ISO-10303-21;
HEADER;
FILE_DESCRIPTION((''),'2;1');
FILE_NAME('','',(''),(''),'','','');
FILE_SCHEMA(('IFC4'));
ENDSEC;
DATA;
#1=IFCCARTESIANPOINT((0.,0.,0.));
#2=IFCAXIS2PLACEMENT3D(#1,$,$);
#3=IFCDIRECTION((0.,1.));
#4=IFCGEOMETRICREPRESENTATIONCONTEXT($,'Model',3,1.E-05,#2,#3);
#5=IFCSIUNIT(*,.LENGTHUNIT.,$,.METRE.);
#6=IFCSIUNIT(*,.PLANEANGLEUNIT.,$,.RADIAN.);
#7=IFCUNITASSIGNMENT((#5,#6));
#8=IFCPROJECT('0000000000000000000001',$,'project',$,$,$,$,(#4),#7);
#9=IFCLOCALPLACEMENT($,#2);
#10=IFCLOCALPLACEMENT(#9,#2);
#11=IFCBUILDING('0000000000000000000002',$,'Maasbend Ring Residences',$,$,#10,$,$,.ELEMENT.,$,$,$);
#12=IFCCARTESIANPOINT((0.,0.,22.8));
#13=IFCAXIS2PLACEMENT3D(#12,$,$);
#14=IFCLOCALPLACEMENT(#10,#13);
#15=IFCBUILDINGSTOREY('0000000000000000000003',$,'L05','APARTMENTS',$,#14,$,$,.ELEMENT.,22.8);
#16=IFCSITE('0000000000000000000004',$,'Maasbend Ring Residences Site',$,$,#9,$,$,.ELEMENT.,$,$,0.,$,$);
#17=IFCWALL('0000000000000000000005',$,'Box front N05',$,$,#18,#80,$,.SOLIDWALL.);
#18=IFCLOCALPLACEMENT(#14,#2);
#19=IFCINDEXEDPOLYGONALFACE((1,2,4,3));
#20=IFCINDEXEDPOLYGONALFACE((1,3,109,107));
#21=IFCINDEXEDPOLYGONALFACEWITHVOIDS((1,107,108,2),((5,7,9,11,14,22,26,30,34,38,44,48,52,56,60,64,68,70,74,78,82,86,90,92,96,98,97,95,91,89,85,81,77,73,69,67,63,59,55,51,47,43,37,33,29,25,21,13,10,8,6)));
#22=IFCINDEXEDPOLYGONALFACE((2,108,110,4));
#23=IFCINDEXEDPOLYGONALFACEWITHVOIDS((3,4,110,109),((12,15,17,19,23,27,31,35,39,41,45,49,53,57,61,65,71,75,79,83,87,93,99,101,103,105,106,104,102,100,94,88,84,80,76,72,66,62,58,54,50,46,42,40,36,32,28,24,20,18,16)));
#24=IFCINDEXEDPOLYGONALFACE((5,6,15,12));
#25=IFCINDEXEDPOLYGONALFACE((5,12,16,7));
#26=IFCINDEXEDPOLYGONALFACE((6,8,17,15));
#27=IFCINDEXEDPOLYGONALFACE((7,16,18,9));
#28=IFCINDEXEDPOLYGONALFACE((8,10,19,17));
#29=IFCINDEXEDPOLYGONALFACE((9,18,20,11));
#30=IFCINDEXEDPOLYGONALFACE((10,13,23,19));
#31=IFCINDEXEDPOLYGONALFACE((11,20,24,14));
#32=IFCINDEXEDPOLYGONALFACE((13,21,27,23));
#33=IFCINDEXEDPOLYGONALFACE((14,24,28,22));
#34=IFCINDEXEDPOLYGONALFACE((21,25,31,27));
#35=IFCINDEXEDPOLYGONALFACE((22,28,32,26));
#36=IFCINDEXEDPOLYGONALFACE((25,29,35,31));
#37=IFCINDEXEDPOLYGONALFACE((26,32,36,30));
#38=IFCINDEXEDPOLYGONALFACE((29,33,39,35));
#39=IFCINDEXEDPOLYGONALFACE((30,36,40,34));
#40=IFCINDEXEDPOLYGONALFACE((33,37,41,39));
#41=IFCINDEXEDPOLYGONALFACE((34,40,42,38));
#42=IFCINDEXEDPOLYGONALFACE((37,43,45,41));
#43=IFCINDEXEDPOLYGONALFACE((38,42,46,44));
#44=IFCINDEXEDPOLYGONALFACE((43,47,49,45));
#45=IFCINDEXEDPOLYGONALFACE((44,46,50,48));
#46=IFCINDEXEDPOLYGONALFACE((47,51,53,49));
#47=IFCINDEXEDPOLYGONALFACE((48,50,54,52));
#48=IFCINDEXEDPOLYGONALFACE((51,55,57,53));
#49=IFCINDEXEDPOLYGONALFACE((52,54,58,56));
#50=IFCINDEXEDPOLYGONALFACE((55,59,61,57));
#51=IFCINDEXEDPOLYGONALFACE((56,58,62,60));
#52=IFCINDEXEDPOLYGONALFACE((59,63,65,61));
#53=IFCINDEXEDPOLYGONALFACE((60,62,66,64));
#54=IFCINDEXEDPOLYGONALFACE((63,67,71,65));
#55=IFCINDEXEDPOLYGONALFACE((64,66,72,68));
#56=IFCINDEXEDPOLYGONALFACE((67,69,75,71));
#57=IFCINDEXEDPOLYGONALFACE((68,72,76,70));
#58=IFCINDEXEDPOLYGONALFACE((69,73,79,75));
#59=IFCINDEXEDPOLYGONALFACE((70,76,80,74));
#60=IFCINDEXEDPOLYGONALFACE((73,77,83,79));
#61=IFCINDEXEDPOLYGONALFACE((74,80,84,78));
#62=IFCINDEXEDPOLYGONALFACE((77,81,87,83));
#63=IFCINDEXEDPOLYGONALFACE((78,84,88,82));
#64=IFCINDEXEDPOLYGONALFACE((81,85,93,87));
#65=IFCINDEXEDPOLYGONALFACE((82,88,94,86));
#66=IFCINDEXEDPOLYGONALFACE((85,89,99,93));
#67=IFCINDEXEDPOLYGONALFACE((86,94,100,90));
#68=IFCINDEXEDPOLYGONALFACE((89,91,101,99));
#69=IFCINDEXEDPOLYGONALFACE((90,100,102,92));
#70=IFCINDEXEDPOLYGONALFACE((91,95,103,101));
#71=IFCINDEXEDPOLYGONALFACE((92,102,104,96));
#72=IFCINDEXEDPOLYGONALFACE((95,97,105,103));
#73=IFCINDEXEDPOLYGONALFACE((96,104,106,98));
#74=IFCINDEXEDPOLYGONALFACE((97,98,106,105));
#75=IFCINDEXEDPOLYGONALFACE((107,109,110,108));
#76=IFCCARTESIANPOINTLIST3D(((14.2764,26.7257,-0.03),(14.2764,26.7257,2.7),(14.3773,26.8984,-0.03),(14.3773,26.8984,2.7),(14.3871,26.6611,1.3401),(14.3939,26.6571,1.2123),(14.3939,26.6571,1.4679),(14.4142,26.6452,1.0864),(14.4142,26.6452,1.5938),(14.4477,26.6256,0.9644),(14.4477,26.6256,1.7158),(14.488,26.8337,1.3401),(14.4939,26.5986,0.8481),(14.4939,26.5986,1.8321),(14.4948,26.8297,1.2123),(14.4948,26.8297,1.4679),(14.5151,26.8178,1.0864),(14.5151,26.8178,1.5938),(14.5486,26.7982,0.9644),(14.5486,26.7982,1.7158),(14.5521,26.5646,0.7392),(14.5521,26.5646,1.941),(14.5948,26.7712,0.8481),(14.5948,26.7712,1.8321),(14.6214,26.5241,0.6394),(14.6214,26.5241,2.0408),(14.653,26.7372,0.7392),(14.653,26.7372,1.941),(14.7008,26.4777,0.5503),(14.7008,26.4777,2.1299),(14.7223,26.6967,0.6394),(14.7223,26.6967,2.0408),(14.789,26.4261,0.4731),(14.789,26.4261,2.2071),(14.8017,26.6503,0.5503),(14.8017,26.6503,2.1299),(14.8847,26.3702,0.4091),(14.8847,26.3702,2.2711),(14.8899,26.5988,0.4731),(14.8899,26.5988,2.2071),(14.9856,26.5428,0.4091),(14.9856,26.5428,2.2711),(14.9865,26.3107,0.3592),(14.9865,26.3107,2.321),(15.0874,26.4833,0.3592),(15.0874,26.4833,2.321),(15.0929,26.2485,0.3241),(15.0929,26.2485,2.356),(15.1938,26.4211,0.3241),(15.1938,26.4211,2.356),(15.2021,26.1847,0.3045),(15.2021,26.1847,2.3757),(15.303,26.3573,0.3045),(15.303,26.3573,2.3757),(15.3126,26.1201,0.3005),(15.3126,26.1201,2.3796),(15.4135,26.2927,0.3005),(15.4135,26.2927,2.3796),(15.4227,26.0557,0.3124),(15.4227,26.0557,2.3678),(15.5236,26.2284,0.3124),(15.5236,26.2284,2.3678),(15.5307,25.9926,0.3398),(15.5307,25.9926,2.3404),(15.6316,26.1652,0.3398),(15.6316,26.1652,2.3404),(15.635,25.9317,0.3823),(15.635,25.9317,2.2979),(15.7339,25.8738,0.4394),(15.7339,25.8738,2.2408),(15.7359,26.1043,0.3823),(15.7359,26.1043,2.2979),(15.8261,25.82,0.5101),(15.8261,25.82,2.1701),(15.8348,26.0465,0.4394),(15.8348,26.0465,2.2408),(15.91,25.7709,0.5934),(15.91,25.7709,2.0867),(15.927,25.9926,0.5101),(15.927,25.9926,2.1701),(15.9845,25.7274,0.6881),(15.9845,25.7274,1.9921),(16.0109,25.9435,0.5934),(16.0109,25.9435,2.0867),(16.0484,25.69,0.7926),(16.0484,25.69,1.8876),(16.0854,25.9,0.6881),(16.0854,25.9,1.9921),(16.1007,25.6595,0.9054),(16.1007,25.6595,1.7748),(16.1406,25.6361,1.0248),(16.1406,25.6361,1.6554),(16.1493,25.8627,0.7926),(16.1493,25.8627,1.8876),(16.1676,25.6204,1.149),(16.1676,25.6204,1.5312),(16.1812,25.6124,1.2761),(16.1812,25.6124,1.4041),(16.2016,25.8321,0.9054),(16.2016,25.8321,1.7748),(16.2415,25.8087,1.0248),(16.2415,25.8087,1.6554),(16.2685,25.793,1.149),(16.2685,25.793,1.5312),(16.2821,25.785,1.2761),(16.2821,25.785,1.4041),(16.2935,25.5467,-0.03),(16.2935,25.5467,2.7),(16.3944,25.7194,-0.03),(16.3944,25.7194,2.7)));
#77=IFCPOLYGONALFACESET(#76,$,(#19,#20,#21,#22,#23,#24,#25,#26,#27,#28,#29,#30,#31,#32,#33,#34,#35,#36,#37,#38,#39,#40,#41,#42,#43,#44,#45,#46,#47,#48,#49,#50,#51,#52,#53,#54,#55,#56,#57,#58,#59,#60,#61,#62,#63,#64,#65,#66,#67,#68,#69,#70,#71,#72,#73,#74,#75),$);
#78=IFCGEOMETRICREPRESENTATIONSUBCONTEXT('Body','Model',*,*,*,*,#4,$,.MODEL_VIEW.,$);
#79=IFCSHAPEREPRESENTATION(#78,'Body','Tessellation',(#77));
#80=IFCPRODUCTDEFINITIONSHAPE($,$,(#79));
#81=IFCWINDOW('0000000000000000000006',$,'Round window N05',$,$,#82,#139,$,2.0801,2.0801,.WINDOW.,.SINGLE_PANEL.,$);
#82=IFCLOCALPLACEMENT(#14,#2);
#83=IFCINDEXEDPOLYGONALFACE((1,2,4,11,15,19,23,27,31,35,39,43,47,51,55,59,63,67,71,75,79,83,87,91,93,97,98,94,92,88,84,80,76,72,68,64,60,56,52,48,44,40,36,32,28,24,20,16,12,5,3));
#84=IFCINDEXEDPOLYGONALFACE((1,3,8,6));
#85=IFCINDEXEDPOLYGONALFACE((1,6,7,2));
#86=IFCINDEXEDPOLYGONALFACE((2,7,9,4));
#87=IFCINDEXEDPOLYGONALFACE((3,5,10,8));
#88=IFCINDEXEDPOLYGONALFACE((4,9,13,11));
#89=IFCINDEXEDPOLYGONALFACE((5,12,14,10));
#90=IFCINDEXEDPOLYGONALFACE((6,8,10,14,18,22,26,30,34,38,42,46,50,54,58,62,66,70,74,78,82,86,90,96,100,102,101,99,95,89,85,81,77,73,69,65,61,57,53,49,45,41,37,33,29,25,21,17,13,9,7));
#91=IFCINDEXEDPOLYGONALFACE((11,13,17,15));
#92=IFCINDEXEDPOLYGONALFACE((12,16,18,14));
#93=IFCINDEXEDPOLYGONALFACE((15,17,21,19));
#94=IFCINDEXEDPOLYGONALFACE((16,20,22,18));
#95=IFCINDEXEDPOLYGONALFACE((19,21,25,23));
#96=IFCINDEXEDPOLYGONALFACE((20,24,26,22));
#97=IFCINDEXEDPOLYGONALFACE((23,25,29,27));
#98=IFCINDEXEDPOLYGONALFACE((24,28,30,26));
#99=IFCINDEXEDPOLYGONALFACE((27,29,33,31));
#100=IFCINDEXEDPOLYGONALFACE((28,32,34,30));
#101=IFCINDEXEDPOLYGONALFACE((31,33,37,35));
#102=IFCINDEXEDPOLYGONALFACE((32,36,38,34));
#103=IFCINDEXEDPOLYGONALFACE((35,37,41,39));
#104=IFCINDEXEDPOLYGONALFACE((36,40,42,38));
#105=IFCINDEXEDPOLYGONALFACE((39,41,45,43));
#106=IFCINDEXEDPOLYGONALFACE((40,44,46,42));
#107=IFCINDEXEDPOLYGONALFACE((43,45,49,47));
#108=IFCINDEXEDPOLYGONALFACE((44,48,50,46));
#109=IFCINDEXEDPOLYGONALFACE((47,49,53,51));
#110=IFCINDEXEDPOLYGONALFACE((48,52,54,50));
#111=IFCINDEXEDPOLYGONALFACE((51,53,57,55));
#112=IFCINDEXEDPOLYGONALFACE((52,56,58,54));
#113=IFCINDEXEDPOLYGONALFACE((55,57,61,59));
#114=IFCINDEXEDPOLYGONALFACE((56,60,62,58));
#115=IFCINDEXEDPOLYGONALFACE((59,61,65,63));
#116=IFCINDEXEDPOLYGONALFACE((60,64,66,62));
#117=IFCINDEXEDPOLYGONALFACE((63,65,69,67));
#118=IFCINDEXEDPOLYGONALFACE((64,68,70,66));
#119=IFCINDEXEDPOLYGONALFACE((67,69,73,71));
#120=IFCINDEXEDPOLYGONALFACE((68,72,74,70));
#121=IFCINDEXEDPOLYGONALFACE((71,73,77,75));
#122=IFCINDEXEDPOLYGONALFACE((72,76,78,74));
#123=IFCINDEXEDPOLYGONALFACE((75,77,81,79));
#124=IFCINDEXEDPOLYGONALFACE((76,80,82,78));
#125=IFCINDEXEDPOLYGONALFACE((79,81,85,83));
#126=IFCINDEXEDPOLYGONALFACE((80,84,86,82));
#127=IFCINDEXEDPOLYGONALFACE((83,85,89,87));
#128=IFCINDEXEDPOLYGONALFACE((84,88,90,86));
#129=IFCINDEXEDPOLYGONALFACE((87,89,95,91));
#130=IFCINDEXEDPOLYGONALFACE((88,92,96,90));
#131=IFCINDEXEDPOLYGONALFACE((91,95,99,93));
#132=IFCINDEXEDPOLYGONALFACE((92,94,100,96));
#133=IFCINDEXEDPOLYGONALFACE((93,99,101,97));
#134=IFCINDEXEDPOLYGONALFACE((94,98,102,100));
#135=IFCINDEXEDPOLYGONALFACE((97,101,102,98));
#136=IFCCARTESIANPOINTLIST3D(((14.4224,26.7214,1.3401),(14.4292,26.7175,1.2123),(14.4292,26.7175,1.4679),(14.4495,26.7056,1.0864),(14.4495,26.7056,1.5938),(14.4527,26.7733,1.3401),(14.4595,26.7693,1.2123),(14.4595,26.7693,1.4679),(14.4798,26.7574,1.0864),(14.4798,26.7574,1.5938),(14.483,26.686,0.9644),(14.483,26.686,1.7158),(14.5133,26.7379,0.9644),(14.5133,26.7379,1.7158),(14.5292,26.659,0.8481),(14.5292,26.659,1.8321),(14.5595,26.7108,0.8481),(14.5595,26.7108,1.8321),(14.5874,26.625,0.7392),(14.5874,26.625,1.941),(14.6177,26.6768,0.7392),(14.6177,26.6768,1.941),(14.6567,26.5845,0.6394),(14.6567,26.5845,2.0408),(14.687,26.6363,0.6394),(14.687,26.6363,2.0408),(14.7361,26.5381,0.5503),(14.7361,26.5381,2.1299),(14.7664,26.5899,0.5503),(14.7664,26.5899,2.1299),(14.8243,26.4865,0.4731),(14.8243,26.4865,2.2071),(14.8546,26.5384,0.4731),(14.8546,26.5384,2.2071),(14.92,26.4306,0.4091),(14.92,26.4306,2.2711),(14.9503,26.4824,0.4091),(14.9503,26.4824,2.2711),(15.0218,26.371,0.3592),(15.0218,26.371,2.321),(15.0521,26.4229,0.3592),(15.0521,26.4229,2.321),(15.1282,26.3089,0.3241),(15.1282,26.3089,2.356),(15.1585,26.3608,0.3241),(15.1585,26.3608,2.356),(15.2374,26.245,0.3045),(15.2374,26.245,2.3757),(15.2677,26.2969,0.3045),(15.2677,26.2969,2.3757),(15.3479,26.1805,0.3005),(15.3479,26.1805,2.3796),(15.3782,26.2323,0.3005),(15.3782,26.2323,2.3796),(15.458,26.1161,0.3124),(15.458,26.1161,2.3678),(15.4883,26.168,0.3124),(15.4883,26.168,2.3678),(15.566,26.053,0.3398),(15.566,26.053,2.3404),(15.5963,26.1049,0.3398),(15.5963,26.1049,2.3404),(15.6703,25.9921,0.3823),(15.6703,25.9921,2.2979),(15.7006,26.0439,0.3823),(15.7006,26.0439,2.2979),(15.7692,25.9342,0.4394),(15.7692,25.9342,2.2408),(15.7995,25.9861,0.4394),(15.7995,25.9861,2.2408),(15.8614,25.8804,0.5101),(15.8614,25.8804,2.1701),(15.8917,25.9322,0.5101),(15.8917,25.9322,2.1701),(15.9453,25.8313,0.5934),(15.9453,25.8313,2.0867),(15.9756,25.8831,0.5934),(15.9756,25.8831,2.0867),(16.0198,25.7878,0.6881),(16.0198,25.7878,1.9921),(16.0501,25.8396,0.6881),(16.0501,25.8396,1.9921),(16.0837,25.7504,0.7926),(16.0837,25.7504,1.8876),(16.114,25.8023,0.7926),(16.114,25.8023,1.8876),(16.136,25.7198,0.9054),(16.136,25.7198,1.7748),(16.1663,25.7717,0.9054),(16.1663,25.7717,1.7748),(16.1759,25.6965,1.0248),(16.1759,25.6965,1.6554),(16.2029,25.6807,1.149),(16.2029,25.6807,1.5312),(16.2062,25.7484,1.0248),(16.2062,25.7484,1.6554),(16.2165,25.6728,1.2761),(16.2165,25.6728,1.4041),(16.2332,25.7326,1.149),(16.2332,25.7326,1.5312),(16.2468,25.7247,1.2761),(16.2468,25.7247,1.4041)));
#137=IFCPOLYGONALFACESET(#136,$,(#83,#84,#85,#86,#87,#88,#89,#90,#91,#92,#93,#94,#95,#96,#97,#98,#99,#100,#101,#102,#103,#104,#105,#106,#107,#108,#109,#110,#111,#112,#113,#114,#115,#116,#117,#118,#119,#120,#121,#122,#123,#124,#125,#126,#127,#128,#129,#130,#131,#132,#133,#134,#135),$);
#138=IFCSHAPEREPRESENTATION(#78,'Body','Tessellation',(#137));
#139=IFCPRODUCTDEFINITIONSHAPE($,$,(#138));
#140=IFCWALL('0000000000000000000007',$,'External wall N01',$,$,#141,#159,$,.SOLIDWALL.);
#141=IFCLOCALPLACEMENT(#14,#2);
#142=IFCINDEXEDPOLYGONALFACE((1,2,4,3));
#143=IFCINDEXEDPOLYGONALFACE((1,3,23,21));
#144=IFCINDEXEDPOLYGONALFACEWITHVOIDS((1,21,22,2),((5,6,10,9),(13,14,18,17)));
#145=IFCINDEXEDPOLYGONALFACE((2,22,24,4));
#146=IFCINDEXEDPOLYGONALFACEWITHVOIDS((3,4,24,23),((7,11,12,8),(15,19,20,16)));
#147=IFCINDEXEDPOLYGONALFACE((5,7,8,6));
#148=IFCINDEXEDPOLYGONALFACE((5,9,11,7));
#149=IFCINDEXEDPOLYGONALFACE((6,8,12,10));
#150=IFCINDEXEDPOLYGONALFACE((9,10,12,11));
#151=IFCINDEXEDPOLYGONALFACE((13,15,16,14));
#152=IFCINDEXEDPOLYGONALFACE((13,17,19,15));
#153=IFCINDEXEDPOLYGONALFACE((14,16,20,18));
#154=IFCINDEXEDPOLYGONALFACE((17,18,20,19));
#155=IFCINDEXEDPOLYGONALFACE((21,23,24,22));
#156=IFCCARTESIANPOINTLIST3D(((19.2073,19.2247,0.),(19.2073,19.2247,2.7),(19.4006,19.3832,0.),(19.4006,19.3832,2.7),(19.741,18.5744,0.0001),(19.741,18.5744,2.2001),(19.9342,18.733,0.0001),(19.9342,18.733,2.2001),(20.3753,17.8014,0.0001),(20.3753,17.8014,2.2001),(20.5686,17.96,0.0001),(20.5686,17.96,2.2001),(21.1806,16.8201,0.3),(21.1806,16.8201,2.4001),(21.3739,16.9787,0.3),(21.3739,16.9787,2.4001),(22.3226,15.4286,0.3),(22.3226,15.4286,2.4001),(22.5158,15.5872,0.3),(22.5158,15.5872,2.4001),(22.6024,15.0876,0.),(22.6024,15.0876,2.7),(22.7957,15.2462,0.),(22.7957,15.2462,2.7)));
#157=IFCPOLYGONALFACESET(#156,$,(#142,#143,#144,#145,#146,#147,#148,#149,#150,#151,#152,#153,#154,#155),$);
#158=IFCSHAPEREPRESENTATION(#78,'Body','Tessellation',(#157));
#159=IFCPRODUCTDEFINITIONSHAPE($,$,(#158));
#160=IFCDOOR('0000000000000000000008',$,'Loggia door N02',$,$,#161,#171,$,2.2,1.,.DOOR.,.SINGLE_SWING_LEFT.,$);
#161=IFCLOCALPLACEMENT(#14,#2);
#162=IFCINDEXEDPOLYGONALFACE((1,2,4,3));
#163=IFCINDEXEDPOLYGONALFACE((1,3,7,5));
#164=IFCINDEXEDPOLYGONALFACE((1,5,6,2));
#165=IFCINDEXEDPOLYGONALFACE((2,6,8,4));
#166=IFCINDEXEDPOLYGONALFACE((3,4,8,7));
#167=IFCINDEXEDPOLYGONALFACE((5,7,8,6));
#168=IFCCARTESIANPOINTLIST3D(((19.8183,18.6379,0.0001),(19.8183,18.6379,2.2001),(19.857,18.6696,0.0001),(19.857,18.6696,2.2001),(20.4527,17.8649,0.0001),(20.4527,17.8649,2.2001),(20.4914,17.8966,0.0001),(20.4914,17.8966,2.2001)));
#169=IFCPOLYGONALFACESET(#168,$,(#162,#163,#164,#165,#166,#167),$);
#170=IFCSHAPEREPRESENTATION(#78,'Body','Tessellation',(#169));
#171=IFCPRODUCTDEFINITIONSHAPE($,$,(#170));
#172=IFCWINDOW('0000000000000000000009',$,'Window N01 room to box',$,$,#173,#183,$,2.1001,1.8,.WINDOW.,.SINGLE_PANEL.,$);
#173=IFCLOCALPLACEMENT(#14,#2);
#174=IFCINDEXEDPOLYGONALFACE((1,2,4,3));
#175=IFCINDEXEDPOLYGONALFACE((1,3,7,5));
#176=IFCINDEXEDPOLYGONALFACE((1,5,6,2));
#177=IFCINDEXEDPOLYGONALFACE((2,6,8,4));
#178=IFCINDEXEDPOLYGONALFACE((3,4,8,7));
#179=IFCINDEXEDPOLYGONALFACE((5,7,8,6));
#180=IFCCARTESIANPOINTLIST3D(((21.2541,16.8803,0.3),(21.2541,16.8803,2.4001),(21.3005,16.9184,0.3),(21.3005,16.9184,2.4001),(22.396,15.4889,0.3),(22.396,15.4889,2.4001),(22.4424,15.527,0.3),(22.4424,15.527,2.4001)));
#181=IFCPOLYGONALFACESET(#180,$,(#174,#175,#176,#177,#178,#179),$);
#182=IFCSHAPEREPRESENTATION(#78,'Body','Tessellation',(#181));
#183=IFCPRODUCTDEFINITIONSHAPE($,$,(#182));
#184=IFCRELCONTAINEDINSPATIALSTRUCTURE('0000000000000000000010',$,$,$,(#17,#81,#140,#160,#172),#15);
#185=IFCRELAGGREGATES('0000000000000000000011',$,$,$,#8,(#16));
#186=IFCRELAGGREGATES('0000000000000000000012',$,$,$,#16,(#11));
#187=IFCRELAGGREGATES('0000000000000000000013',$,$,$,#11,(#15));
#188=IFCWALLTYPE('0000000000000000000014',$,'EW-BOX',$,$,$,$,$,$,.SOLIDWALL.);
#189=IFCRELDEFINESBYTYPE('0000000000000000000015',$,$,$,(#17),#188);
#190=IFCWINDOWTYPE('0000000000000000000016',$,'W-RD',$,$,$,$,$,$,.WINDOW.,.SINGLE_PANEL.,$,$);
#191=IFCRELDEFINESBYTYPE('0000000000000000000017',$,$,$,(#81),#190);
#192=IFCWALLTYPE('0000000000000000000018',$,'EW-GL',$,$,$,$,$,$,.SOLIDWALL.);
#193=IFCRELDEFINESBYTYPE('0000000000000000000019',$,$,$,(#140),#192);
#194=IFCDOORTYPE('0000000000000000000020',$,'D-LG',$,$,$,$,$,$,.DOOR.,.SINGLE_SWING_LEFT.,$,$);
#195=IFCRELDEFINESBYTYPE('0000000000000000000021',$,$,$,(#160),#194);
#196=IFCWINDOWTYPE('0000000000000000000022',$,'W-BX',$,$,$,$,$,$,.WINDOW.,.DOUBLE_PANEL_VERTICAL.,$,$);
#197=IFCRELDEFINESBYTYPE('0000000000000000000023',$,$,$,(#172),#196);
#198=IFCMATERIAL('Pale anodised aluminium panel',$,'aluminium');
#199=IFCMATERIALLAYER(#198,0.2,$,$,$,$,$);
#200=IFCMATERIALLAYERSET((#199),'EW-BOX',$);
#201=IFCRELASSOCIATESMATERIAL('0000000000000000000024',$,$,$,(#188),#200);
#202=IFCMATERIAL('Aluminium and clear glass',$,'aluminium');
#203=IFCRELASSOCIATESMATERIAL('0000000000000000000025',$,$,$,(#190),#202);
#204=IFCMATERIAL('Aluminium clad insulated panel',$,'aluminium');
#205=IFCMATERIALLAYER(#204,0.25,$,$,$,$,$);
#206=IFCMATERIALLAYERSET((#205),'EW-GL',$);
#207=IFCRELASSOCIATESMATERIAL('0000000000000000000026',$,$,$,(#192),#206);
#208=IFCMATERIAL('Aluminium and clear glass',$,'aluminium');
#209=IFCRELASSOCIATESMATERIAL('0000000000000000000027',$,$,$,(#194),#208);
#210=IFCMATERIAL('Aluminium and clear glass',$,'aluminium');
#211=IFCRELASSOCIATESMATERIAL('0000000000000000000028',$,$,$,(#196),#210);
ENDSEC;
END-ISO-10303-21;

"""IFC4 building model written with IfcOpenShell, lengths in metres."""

from ifc_helpers import new_model, si_unit, direction, frame, frame_2d, origin, place, context, subcontext, project, spatial, rectangle, circle, extrude, material, layer, layer_set, type_object, element, fill, save


model = new_model("IFC4")

# Units and contexts
model_context = context("Model", 3, precision=1e-05, world=origin(), true_north=direction((0.0, 1.0)))
body_context = subcontext(model_context, "Body", "Model", "MODEL_VIEW")
ifc_project = project(units=[si_unit("LENGTHUNIT", "METRE"), si_unit("PLANEANGLEUNIT", "RADIAN")], contexts=[model_context])

# Site, building, storey
site_placement = place(None, origin())
site = spatial("IfcSite", under=ifc_project, at=site_placement, Name="Maasbend Ring Residences Site", CompositionType="ELEMENT", RefElevation=0.0)
building_placement = place(site_placement, origin())
building = spatial("IfcBuilding", under=site, at=building_placement, Name="Maasbend Ring Residences", CompositionType="ELEMENT")
storey_placement = place(building_placement, frame((0.0, 0.0, 22.8)))
storey = spatial("IfcBuildingStorey", under=building, at=storey_placement, Name="L05", Description="APARTMENTS", CompositionType="ELEMENT", Elevation=22.8)

# Shared definitions
ifc_material_1 = material(Name="Pale anodised aluminium panel", Category="aluminium")
ifc_layer_1 = layer(ifc_material_1, 0.2)
ifc_layer_set_1 = layer_set([ifc_layer_1], Name="EW-BOX")
wall_type_1 = type_object("IfcWallType", Name="EW-BOX", PredefinedType="SOLIDWALL", material=ifc_layer_set_1)
ifc_material_2 = material(Name="Aluminium and clear glass", Category="aluminium")
window_type_1 = type_object("IfcWindowType", Name="W-RD", PartitioningType="SINGLE_PANEL", PredefinedType="WINDOW", material=ifc_material_2)

# Wall, opening, window
wall_1_placement = place(storey_placement, frame((16.344, 25.6331, -0.03), z_axis=(0.0, 0.0, 1.0), x_axis=(-0.863347, 0.504612, 0.0)))
wall_1 = element("IfcWall", 1, at=wall_1_placement, inside=storey, type_object=wall_type_1, Name="Box front N05", PredefinedType="SOLIDWALL", context=body_context, shape_type="SweptSolid", body=[
    extrude(rectangle(XDim=2.3364, YDim=0.2, at=frame_2d((1.1682, 0.0))), origin(), (0.0, 0.0, 1.0), 2.73),
])
opening_1_placement = place(wall_1_placement, frame((0.1282, 0.0, 0.3301)))
opening_1 = element("IfcOpeningElement", 2, at=opening_1_placement, cuts=wall_1, PredefinedType="OPENING", context=body_context, shape_type="SweptSolid", body=[
    extrude(circle(Radius=1.04, at=frame_2d((1.04, 1.04))), frame((0.0, 0.1099, 0.0), z_axis=(0.0, -1.0, 0.0), x_axis=(1.0, 0.0, 0.0)), (0.0, 0.0, 1.0), 0.22),
])
window_1_placement = place(opening_1_placement, origin())
window_1 = element("IfcWindow", 3, at=window_1_placement, inside=storey, type_object=window_type_1, Name="Round window N05", OverallHeight=2.0801, OverallWidth=2.0801, PartitioningType="SINGLE_PANEL", PredefinedType="WINDOW", context=body_context, shape_type="SweptSolid", body=[
    extrude(circle(Radius=1.04, at=frame_2d((1.04, 1.04))), frame((0.0, 0.03, 0.0), z_axis=(0.0, -1.0, 0.0), x_axis=(1.0, 0.0, 0.0)), (0.0, 0.0, 1.0), 0.0601),
])
fill(opening_1, window_1)

# Wall, openings, door, window
ifc_material_3 = material(Name="Aluminium clad insulated panel", Category="aluminium")
ifc_layer_2 = layer(ifc_material_3, 0.25)
ifc_layer_set_2 = layer_set([ifc_layer_2], Name="EW-GL")
wall_type_2 = type_object("IfcWallType", Name="EW-GL", PredefinedType="SOLIDWALL", material=ifc_layer_set_2)
wall_2_placement = place(storey_placement, frame((22.699, 15.167, 0.0), z_axis=(0.0, 0.0, 1.0), x_axis=(-0.634382, 0.773019, 0.0)))
wall_2 = element("IfcWall", 4, at=wall_2_placement, inside=storey, type_object=wall_type_2, Name="External wall N01", PredefinedType="SOLIDWALL", context=body_context, shape_type="SweptSolid", body=[
    extrude(rectangle(XDim=5.3518, YDim=0.25, at=frame_2d((2.6758, 0.0))), origin(), (0.0, 0.0, 1.0), 2.7),
])
opening_2_placement = place(wall_2_placement, frame((0.4412, 0.0, 0.3)))
opening_2 = element("IfcOpeningElement", 5, at=opening_2_placement, cuts=wall_2, PredefinedType="OPENING", context=body_context, shape_type="SweptSolid", body=[
    extrude(rectangle(XDim=1.8, YDim=2.1001, at=frame_2d((0.8999, 1.05))), frame((0.0, 0.135, 0.0), z_axis=(0.0, -1.0, 0.0), x_axis=(1.0, 0.0, 0.0)), (0.0, 0.0, 1.0), 0.27),
])
opening_3_placement = place(wall_2_placement, frame((3.5105, 0.0, 0.0)))
opening_3 = element("IfcOpeningElement", 6, at=opening_3_placement, cuts=wall_2, PredefinedType="OPENING", context=body_context, shape_type="SweptSolid", body=[
    extrude(rectangle(XDim=1.0, YDim=2.2, at=frame_2d((0.5, 1.1001))), frame((0.0, 0.135, 0.0), z_axis=(0.0, -1.0, 0.0), x_axis=(1.0, 0.0, 0.0)), (0.0, 0.0, 1.0), 0.27),
])
ifc_material_4 = material(Name="Aluminium and clear glass", Category="aluminium")
door_type_1 = type_object("IfcDoorType", Name="D-LG", OperationType="SINGLE_SWING_LEFT", PredefinedType="DOOR", material=ifc_material_4)
door_1_placement = place(opening_3_placement, origin())
door_1 = element("IfcDoor", 7, at=door_1_placement, inside=storey, type_object=door_type_1, Name="Loggia door N02", OperationType="SINGLE_SWING_LEFT", OverallHeight=2.2, OverallWidth=1.0, PredefinedType="DOOR", context=body_context, shape_type="SweptSolid", body=[
    extrude(rectangle(XDim=1.0, YDim=2.2, at=frame_2d((0.5, 1.1001))), frame((0.0, 0.0249, 0.0), z_axis=(0.0, -1.0, 0.0), x_axis=(1.0, 0.0, 0.0)), (0.0, 0.0, 1.0), 0.05),
])
fill(opening_3, door_1)
ifc_material_5 = material(Name="Aluminium and clear glass", Category="aluminium")
window_type_2 = type_object("IfcWindowType", Name="W-BX", PartitioningType="DOUBLE_PANEL_VERTICAL", PredefinedType="WINDOW", material=ifc_material_5)
window_2_placement = place(opening_2_placement, origin())
window_2 = element("IfcWindow", 8, at=window_2_placement, inside=storey, type_object=window_type_2, Name="Window N01 room to box", OverallHeight=2.1001, OverallWidth=1.8, PartitioningType="SINGLE_PANEL", PredefinedType="WINDOW", context=body_context, shape_type="SweptSolid", body=[
    extrude(rectangle(XDim=1.8, YDim=2.1001, at=frame_2d((0.8999, 1.05))), frame((0.0, 0.03, 0.0), z_axis=(0.0, -1.0, 0.0), x_axis=(1.0, 0.0, 0.0)), (0.0, 0.0, 1.0), 0.0601),
])
fill(opening_2, window_2)

save(model, "model.ifc")
